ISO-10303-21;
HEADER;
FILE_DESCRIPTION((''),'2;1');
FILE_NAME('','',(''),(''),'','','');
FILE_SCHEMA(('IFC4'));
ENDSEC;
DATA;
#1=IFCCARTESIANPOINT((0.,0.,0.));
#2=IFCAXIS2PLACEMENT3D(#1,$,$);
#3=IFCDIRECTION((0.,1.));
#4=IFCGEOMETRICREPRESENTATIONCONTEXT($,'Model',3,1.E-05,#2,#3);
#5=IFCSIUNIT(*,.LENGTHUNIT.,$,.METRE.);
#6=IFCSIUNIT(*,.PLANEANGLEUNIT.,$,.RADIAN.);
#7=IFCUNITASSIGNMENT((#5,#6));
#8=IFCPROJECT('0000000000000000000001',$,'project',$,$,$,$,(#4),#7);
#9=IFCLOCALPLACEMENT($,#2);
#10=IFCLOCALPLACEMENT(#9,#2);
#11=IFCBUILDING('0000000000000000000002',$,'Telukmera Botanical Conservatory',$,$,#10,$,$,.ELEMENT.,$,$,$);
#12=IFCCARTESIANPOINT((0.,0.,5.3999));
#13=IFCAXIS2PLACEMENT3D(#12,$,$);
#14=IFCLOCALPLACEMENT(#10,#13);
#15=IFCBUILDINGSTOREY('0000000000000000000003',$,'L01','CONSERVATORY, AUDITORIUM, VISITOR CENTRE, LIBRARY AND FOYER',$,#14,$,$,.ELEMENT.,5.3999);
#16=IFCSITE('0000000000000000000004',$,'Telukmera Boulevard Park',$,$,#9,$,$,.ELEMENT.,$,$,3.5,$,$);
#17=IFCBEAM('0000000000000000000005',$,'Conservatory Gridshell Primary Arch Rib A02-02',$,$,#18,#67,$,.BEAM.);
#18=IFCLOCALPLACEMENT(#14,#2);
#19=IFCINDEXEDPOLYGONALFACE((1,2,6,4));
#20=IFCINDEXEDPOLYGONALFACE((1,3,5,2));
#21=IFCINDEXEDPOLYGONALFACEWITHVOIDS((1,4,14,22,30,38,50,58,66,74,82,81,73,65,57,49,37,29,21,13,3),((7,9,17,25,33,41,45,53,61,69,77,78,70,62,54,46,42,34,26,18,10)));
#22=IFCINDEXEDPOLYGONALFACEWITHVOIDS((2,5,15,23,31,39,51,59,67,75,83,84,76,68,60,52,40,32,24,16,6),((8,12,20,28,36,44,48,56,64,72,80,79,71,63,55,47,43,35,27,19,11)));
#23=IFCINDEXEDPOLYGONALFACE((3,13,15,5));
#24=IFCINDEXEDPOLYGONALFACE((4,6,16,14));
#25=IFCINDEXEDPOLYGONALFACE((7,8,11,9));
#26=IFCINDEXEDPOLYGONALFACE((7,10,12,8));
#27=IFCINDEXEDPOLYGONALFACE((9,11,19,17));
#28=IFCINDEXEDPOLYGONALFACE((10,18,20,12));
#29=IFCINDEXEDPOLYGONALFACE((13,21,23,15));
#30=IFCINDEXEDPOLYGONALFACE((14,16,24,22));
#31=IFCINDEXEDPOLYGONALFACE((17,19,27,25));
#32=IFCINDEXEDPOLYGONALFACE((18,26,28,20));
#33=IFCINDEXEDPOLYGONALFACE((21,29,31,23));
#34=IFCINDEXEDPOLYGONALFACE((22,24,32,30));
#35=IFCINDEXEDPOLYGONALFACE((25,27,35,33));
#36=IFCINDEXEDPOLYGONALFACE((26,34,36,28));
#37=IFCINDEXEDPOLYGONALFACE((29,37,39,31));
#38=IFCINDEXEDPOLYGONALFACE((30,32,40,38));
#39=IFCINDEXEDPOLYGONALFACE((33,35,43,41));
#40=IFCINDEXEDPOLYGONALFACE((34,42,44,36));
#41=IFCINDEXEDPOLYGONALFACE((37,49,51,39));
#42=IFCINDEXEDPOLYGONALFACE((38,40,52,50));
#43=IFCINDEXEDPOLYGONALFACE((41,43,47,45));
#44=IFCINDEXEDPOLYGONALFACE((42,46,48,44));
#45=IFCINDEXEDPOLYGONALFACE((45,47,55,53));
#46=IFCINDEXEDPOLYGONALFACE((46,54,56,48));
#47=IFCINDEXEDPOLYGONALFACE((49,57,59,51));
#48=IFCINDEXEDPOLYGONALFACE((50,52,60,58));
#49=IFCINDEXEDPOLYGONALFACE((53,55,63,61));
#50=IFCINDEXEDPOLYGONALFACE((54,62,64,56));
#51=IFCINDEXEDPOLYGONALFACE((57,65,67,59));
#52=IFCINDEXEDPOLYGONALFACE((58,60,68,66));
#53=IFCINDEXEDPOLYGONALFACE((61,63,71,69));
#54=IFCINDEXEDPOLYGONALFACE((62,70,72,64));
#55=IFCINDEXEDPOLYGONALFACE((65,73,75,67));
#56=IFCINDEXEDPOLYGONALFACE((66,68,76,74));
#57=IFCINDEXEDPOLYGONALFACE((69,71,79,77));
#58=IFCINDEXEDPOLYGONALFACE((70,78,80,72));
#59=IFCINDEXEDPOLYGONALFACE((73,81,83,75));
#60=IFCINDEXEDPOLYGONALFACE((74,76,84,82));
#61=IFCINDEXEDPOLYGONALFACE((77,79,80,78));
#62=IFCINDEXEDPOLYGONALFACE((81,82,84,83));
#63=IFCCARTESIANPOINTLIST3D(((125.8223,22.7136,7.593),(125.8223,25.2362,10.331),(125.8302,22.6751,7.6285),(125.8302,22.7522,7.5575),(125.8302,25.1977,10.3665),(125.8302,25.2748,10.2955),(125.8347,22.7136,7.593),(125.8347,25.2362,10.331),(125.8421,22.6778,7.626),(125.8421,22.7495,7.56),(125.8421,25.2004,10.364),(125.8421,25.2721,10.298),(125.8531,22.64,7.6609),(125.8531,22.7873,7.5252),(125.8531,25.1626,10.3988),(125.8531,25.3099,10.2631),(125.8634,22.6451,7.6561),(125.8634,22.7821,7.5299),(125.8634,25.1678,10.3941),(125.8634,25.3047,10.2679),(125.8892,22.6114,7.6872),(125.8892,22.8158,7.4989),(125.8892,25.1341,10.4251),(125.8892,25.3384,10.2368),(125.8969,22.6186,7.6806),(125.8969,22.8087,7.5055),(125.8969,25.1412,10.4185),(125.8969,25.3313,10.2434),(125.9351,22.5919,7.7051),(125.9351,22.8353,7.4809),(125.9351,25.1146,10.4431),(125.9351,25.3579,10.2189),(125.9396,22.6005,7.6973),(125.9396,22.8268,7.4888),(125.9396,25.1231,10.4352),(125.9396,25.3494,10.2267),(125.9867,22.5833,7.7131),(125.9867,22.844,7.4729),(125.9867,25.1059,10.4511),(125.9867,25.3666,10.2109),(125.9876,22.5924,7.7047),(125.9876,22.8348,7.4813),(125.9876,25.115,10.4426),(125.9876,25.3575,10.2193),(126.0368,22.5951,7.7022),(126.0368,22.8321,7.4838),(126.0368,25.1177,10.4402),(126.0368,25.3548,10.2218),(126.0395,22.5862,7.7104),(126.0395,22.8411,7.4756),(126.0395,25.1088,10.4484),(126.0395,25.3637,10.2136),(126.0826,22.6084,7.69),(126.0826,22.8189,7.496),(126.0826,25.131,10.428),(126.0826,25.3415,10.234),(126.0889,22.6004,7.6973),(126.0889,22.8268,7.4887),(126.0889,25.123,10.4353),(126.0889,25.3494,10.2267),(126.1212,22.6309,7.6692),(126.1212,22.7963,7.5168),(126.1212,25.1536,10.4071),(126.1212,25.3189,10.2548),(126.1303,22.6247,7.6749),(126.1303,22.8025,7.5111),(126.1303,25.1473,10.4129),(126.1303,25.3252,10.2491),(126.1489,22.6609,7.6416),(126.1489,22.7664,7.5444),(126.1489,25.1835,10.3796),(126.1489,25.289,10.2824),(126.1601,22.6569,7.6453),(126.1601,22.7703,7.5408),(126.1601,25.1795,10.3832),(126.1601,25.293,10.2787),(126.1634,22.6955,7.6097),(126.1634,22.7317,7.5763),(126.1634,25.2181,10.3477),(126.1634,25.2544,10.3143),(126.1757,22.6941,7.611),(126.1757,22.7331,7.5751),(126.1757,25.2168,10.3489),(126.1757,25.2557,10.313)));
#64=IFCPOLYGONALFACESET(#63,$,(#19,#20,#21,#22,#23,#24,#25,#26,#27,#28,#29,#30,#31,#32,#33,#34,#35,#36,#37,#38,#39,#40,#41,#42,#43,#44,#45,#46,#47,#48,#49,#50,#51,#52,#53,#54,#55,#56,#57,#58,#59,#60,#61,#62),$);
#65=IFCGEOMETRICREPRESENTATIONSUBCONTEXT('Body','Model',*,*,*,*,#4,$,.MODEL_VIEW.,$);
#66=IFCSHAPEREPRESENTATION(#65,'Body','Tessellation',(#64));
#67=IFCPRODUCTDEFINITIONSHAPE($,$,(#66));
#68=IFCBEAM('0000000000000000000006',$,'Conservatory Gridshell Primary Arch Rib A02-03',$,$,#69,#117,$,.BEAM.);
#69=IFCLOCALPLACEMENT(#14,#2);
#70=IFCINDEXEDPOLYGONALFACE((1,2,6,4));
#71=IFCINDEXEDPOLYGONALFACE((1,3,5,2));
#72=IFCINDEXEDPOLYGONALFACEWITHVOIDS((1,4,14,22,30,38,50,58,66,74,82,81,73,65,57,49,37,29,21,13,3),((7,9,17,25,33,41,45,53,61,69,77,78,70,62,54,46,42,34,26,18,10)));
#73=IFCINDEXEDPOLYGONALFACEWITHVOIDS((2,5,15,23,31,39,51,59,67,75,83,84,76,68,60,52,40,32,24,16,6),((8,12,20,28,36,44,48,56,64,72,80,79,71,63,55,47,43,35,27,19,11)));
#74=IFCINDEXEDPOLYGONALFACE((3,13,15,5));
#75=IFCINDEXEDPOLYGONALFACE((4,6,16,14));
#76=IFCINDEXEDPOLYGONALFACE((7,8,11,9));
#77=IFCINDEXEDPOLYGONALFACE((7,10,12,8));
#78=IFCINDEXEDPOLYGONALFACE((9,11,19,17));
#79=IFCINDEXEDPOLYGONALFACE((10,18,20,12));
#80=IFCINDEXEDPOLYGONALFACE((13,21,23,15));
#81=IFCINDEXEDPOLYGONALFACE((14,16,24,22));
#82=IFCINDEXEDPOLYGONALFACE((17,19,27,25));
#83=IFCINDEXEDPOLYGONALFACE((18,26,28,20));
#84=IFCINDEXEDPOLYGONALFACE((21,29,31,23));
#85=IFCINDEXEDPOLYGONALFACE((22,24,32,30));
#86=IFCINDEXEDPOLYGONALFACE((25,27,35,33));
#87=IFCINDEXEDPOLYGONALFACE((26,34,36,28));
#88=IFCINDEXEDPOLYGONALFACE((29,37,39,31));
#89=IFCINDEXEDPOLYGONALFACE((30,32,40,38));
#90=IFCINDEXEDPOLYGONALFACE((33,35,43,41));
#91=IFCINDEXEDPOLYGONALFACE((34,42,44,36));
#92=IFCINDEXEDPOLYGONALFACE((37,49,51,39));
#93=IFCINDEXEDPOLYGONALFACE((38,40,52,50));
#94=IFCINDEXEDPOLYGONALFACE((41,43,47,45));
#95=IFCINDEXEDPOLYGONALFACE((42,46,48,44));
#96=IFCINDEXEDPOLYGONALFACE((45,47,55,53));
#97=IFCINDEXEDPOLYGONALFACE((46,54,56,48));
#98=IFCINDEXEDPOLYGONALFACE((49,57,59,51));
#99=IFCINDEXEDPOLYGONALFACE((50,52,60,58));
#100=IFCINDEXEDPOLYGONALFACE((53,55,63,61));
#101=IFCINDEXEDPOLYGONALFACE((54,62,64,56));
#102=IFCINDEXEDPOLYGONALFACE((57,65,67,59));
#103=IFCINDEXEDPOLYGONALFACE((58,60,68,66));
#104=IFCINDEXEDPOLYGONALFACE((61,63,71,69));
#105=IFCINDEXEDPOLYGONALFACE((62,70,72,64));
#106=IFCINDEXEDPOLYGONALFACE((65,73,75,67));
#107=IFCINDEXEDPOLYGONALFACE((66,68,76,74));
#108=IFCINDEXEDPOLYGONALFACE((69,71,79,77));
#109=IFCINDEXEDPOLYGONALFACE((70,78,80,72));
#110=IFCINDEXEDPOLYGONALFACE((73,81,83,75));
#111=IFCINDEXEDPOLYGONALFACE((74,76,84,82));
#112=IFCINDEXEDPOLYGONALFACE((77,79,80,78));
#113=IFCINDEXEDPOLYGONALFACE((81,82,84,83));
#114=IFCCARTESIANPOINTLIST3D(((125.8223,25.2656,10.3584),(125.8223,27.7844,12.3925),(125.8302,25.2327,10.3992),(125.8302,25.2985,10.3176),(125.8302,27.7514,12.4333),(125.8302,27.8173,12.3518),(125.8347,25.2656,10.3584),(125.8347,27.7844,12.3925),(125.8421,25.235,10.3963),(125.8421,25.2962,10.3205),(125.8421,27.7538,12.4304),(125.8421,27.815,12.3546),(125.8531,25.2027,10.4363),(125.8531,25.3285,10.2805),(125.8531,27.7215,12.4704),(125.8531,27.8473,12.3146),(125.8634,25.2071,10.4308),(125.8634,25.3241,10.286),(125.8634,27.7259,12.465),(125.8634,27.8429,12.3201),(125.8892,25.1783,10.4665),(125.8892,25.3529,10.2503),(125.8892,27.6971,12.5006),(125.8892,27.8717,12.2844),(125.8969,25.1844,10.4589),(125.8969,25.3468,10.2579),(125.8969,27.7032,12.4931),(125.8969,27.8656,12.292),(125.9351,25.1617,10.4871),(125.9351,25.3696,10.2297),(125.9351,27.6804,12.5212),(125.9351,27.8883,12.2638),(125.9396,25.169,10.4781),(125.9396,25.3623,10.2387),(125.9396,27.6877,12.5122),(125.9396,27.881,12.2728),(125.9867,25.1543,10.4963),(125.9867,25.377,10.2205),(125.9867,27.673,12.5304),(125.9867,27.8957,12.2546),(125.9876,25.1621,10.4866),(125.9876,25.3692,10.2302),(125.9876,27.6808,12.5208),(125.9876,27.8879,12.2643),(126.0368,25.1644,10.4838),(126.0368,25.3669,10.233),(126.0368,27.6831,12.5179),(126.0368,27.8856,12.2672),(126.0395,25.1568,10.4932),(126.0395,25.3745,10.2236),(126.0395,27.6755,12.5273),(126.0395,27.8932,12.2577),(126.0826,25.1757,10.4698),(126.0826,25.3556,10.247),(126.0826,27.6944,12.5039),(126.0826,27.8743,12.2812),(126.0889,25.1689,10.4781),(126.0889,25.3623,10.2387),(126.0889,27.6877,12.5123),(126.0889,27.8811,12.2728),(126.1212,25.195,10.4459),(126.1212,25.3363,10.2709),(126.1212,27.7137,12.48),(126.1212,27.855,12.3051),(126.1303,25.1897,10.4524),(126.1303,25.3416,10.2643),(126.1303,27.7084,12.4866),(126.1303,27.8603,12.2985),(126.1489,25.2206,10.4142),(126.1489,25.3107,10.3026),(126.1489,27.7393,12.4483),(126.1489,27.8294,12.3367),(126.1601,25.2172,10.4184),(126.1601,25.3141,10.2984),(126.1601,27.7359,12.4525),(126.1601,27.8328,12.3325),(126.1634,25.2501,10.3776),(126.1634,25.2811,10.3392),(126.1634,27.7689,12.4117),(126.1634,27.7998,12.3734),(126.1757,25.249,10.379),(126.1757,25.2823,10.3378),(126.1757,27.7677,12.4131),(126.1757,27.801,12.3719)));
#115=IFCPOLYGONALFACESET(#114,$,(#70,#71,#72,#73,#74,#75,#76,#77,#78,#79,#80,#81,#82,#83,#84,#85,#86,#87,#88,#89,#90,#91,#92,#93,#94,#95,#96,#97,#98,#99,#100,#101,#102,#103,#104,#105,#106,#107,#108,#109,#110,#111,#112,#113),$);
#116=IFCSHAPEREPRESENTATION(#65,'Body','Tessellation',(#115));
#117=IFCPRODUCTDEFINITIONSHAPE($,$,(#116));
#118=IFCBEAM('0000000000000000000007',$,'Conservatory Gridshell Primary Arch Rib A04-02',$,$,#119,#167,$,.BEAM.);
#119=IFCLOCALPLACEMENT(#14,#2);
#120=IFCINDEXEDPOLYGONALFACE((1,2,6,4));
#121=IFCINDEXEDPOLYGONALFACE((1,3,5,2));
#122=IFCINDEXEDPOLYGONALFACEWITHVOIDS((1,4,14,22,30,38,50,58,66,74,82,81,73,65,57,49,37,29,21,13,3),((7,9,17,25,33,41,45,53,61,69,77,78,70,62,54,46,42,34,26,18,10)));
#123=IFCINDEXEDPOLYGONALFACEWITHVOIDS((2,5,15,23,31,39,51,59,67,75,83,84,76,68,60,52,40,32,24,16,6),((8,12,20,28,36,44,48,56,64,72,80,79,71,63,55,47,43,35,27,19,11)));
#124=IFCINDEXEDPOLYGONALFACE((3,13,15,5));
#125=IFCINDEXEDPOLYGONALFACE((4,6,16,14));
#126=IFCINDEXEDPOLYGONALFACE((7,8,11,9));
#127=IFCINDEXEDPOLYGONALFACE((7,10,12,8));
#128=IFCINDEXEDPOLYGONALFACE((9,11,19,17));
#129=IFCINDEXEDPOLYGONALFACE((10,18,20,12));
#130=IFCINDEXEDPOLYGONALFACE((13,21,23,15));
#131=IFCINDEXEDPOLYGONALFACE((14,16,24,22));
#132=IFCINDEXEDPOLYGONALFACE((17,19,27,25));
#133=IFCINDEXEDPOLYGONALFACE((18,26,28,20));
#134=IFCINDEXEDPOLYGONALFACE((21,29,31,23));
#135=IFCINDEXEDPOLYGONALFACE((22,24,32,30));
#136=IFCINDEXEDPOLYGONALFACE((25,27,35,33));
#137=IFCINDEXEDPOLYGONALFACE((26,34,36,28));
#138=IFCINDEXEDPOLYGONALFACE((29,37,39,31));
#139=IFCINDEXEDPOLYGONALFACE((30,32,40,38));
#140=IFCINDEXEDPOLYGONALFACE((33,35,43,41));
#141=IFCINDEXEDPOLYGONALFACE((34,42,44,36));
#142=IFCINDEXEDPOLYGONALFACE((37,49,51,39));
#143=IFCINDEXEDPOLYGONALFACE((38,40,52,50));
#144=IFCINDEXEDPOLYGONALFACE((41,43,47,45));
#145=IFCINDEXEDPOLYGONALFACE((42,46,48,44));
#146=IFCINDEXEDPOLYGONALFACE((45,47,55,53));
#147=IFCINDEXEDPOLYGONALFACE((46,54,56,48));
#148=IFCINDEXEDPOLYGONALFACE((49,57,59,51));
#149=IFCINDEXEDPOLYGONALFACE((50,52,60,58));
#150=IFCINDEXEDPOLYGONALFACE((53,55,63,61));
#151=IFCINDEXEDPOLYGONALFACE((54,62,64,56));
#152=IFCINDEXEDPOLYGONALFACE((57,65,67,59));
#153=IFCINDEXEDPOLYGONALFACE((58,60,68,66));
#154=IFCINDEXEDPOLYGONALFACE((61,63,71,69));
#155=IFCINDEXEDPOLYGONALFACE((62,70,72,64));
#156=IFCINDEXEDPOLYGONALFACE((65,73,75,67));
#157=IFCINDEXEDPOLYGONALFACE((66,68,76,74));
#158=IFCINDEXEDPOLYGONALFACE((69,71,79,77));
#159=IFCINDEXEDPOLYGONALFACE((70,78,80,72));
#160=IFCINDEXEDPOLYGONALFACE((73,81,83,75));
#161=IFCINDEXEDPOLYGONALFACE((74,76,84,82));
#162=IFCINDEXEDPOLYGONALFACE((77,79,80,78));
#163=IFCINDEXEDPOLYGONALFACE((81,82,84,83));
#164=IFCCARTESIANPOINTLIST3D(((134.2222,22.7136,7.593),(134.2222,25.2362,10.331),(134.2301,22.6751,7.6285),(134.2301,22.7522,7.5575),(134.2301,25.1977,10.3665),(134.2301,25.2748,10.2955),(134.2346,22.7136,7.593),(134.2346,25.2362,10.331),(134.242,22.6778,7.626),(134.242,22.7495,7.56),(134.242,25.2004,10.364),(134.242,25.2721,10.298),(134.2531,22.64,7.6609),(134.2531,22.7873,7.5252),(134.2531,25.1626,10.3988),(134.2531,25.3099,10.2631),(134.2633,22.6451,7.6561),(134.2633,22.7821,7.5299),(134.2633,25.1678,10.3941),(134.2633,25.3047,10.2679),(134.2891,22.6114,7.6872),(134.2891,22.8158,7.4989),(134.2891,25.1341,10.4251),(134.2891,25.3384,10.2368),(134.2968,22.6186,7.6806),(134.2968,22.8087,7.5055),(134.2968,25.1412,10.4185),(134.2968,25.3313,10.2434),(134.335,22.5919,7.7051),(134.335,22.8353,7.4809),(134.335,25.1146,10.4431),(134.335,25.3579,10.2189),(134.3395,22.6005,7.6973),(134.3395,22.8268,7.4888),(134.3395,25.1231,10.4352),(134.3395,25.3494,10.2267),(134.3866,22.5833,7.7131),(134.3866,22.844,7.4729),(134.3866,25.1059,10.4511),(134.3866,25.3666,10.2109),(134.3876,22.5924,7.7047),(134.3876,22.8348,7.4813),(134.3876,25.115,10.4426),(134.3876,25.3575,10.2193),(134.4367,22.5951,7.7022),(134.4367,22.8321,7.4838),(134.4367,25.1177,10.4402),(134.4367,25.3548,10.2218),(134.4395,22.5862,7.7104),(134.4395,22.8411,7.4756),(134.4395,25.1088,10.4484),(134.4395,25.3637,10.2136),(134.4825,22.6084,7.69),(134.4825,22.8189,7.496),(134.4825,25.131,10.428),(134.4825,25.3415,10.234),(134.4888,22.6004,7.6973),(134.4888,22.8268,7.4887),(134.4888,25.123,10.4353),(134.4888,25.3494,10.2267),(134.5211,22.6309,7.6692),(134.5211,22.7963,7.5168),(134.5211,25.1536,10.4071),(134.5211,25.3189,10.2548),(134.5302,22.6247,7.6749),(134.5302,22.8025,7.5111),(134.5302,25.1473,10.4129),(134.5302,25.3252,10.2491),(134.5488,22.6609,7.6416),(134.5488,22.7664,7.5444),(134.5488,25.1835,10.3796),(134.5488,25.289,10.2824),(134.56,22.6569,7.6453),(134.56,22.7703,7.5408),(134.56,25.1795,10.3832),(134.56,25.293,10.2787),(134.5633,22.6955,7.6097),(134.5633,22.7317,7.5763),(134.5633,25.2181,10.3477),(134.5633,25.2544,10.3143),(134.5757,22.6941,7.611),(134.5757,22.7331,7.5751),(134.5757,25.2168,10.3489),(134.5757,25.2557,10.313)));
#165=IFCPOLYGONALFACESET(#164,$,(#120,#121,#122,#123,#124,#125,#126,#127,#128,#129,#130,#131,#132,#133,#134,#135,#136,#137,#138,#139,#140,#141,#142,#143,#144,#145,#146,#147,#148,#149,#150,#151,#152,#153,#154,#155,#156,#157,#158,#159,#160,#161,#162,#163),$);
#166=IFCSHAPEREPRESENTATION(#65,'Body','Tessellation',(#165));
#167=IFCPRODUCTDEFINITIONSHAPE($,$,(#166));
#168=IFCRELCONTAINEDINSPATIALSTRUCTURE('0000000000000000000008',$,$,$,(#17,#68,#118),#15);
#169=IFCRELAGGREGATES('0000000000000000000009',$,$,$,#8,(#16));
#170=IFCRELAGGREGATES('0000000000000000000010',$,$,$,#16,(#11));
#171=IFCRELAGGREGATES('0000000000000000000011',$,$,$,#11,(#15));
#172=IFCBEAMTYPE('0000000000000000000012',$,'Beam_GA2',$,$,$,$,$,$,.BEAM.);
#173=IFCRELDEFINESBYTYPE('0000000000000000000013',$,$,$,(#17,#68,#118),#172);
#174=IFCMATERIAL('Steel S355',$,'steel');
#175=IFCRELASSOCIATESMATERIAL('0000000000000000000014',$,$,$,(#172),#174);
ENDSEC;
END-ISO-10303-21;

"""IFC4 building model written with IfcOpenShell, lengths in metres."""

from ifc_helpers import new_model, si_unit, direction, frame, origin, origin_2d, place, context, subcontext, project, spatial, hollow_circle, extrude, material, material_profile, profile_set, type_object, element, save


model = new_model("IFC4")

# Units and contexts
model_context = context("Model", 3, precision=1e-05, world=origin(), true_north=direction((0.0, 1.0)))
body_context = subcontext(model_context, "Body", "Model", "MODEL_VIEW")
ifc_project = project(units=[si_unit("LENGTHUNIT", "METRE"), si_unit("PLANEANGLEUNIT", "RADIAN")], contexts=[model_context])

# Site, building, storey
site_placement = place(None, origin())
site = spatial("IfcSite", under=ifc_project, at=site_placement, Name="Telukmera Boulevard Park", CompositionType="ELEMENT", RefElevation=3.5)
building_placement = place(site_placement, origin())
building = spatial("IfcBuilding", under=site, at=building_placement, Name="Telukmera Botanical Conservatory", CompositionType="ELEMENT")
storey_placement = place(building_placement, frame((0.0, 0.0, 5.3999)))
storey = spatial("IfcBuildingStorey", under=building, at=storey_placement, Name="L01", Description="CONSERVATORY, AUDITORIUM, VISITOR CENTRE, LIBRARY AND FOYER", CompositionType="ELEMENT", Elevation=5.3999)

# Beams
ifc_material_1 = material(Name="Steel S355", Category="steel")
ifc_material_profile_1 = material_profile(ifc_material_1, hollow_circle(Radius=0.1777, WallThickness=0.0125, at=origin_2d()), Name="CHS 355.6x12.5")
ifc_profile_set_1 = profile_set([ifc_material_profile_1], Name="Steel S355")
beam_type_1 = type_object("IfcBeamType", Name="Beam_GA2", PredefinedType="BEAM", material=ifc_profile_set_1)
beam_1_placement = place(storey_placement, frame((126.0, 22.7136, 7.593), z_axis=(0.0, 0.677596, 0.735434), x_axis=(-1.0, 0.0, 0.0)))
element("IfcBeam", 1, at=beam_1_placement, inside=storey, type_object=beam_type_1, Name="Conservatory Gridshell Primary Arch Rib A02-02", PredefinedType="BEAM", context=body_context, shape_type="SweptSolid", body=[
    extrude(hollow_circle(Radius=0.1777, WallThickness=0.0125, at=origin_2d()), origin(), (0.0, 0.0, 1.0), 3.7229),
])
beam_2_placement = place(storey_placement, frame((126.0, 25.2656, 10.3584), z_axis=(0.0, 0.777977, 0.628293), x_axis=(-1.0, 0.0, 0.0)))
element("IfcBeam", 2, at=beam_2_placement, inside=storey, type_object=beam_type_1, Name="Conservatory Gridshell Primary Arch Rib A02-03", PredefinedType="BEAM", context=body_context, shape_type="SweptSolid", body=[
    extrude(hollow_circle(Radius=0.1777, WallThickness=0.0125, at=origin_2d()), origin(), (0.0, 0.0, 1.0), 3.2375),
])
beam_3_placement = place(storey_placement, frame((134.3999, 22.7136, 7.593), z_axis=(0.0, 0.677596, 0.735434), x_axis=(-1.0, 0.0, 0.0)))
element("IfcBeam", 3, at=beam_3_placement, inside=storey, type_object=beam_type_1, Name="Conservatory Gridshell Primary Arch Rib A04-02", PredefinedType="BEAM", context=body_context, shape_type="SweptSolid", body=[
    extrude(hollow_circle(Radius=0.1777, WallThickness=0.0125, at=origin_2d()), origin(), (0.0, 0.0, 1.0), 3.7229),
])

save(model, "model.ifc")
